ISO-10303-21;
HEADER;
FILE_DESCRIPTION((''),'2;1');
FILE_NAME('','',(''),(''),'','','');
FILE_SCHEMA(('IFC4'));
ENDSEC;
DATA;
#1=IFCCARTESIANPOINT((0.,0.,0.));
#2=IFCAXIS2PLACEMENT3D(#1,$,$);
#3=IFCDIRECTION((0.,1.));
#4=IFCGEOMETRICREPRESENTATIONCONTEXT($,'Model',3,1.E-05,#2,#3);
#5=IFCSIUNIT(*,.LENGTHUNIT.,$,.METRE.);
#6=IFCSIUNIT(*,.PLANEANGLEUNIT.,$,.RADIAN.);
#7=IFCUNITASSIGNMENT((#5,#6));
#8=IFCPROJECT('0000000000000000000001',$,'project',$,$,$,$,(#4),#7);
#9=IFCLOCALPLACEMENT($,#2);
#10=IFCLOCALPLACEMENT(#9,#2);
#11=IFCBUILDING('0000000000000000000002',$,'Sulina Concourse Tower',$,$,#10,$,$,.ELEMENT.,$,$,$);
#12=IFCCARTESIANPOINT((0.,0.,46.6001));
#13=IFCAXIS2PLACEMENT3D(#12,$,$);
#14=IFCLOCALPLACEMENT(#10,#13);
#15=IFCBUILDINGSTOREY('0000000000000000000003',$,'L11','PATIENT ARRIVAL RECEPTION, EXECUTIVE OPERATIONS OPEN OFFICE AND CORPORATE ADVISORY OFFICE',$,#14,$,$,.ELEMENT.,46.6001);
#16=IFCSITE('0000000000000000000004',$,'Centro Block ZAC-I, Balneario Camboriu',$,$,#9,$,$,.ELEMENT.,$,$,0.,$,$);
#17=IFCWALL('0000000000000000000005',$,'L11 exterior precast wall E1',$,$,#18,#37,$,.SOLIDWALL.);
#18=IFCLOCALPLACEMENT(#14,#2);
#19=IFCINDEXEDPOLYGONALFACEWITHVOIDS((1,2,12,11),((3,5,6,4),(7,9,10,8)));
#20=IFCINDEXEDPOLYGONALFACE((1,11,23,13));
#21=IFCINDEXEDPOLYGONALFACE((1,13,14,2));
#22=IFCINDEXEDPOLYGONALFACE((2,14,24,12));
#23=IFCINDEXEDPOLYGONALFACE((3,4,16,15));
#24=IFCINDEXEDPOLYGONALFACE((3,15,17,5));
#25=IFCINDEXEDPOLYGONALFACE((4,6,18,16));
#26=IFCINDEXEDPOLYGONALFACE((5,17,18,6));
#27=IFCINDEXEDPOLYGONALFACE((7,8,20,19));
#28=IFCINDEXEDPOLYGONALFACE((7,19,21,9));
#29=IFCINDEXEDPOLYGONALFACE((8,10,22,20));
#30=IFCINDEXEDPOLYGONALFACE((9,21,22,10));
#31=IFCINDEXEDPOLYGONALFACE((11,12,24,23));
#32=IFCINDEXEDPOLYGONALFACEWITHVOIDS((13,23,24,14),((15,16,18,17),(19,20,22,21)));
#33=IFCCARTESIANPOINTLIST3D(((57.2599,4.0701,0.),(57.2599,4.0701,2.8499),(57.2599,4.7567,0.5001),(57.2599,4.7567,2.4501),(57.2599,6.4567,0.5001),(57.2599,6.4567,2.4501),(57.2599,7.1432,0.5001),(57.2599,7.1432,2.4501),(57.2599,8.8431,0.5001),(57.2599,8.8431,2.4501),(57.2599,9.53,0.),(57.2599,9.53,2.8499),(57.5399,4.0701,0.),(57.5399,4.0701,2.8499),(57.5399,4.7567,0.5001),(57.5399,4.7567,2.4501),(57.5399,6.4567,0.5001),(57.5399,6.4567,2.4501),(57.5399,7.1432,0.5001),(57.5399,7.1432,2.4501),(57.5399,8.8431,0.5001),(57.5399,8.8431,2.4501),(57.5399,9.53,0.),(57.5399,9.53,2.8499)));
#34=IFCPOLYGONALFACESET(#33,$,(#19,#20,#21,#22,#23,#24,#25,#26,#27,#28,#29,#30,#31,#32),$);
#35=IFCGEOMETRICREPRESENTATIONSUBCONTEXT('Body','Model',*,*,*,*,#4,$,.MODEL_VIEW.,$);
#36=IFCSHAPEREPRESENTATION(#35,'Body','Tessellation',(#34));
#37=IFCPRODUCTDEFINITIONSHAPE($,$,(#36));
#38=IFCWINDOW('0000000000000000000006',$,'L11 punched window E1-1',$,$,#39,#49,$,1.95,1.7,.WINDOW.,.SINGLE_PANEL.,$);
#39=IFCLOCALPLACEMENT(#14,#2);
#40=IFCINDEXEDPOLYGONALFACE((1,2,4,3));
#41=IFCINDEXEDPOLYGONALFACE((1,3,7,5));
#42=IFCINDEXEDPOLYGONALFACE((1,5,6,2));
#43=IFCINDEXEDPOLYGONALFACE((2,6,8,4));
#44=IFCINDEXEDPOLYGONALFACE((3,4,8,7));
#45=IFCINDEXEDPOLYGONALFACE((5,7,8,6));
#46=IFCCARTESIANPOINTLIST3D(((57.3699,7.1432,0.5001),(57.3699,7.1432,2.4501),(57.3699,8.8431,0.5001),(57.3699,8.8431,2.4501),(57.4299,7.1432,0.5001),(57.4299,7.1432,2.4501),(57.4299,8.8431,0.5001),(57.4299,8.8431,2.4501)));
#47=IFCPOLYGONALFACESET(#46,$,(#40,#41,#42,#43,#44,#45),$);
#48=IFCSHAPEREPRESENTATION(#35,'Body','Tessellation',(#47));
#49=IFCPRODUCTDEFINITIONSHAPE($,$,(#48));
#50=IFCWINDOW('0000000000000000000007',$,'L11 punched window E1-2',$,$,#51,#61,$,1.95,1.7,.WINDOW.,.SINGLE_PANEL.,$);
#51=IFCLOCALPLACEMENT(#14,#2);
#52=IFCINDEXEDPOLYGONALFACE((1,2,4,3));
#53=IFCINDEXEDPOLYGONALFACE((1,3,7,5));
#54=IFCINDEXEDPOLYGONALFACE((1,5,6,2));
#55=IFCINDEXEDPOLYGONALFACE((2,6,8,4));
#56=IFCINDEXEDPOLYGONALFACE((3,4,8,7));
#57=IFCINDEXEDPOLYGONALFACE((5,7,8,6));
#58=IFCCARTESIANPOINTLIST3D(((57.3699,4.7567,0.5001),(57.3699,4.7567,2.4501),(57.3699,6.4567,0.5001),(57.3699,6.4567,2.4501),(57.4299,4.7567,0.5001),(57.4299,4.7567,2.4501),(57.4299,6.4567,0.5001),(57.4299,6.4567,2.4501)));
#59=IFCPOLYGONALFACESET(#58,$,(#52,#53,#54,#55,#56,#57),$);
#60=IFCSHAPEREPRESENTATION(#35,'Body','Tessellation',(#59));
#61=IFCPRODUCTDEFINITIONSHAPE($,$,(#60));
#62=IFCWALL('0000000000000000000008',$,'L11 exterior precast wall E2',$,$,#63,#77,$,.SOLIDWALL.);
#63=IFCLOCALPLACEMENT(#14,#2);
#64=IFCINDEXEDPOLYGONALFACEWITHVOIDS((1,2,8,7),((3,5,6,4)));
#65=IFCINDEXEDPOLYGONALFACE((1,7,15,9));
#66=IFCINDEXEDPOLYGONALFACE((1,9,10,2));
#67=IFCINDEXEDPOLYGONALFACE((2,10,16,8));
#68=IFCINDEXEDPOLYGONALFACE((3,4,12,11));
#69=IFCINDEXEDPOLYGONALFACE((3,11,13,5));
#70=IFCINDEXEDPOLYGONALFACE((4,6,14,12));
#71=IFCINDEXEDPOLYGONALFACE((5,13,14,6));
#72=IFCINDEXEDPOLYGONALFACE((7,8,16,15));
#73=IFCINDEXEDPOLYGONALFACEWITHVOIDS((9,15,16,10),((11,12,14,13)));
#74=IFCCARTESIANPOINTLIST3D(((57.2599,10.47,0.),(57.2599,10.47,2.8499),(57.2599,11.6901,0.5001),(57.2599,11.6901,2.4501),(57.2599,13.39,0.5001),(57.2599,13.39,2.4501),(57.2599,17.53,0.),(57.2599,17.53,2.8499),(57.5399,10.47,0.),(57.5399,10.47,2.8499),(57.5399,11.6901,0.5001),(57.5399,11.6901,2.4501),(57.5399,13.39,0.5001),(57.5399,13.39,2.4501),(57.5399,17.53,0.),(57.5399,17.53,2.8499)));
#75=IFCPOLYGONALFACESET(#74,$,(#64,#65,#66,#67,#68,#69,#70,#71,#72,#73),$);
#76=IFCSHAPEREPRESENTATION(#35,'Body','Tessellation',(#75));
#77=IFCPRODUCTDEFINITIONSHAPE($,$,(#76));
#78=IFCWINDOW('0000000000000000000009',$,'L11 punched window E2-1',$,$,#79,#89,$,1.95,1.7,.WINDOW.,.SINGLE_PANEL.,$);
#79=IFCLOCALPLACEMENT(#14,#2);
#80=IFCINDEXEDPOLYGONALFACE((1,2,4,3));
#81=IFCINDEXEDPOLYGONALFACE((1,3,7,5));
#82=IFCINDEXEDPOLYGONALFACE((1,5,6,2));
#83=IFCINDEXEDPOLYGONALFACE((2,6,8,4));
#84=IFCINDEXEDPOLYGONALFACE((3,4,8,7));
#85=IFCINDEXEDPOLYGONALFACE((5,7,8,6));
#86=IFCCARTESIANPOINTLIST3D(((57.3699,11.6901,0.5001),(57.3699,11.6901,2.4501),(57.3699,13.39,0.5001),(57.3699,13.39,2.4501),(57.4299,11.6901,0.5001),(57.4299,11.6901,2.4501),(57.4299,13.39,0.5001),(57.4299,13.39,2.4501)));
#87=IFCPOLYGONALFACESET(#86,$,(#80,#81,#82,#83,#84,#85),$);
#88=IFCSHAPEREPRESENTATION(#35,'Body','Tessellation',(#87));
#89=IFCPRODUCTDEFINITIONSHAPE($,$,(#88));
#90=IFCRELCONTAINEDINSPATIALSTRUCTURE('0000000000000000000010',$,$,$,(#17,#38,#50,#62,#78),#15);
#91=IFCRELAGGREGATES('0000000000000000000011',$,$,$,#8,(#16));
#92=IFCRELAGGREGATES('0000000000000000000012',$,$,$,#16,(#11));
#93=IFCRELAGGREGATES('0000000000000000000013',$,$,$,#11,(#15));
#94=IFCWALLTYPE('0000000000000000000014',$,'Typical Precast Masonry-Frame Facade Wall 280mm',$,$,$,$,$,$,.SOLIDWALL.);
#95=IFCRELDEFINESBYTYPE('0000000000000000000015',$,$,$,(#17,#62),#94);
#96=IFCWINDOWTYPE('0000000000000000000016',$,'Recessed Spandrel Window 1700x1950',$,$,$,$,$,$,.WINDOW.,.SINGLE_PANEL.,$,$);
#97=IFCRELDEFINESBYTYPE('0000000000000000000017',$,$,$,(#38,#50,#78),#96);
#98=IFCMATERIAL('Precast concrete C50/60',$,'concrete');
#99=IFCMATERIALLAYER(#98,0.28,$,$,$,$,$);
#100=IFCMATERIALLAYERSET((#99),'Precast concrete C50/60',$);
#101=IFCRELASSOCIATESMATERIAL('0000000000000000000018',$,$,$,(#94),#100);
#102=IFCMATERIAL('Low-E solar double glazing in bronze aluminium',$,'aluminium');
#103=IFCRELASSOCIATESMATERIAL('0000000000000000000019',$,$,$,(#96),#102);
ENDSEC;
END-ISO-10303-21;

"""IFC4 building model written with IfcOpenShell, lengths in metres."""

from ifc_helpers import new_model, si_unit, direction, frame, frame_2d, origin, place, context, subcontext, project, spatial, rectangle, extrude, material, layer, layer_set, type_object, element, fill, save


model = new_model("IFC4")

# Units and contexts
model_context = context("Model", 3, precision=1e-05, world=origin(), true_north=direction((0.0, 1.0)))
body_context = subcontext(model_context, "Body", "Model", "MODEL_VIEW")
ifc_project = project(units=[si_unit("LENGTHUNIT", "METRE"), si_unit("PLANEANGLEUNIT", "RADIAN")], contexts=[model_context])

# Site, building, storey
site_placement = place(None, origin())
site = spatial("IfcSite", under=ifc_project, at=site_placement, Name="Centro Block ZAC-I, Balneario Camboriu", CompositionType="ELEMENT", RefElevation=0.0)
building_placement = place(site_placement, origin())
building = spatial("IfcBuilding", under=site, at=building_placement, Name="Sulina Concourse Tower", CompositionType="ELEMENT")
storey_placement = place(building_placement, frame((0.0, 0.0, 46.6001)))
storey = spatial("IfcBuildingStorey", under=building, at=storey_placement, Name="L11", Description="PATIENT ARRIVAL RECEPTION, EXECUTIVE OPERATIONS OPEN OFFICE AND CORPORATE ADVISORY OFFICE", CompositionType="ELEMENT", Elevation=46.6001)

# Wall, openings, windows
ifc_material_1 = material(Name="Precast concrete C50/60", Category="concrete")
ifc_layer_1 = layer(ifc_material_1, 0.28)
ifc_layer_set_1 = layer_set([ifc_layer_1], Name="Precast concrete C50/60")
wall_type_1 = type_object("IfcWallType", Name="Typical Precast Masonry-Frame Facade Wall 280mm", PredefinedType="SOLIDWALL", material=ifc_layer_set_1)
wall_1_placement = place(storey_placement, frame((57.3999, 9.53, 0.0), z_axis=(0.0, 0.0, 1.0), x_axis=(0.0, -1.0, 0.0)))
wall_1 = element("IfcWall", 1, at=wall_1_placement, inside=storey, type_object=wall_type_1, Name="L11 exterior precast wall E1", PredefinedType="SOLIDWALL", context=body_context, shape_type="SweptSolid", body=[
    extrude(rectangle(XDim=5.46, YDim=0.28, at=frame_2d((2.73, 0.0))), origin(), (0.0, 0.0, 1.0), 2.8499),
])
opening_1_placement = place(wall_1_placement, frame((0.6868, 0.0, 0.5)))
opening_1 = element("IfcOpeningElement", 2, at=opening_1_placement, cuts=wall_1, PredefinedType="OPENING", context=body_context, shape_type="SweptSolid", body=[
    extrude(rectangle(XDim=1.7, YDim=1.95, at=frame_2d((0.8501, 0.9751))), frame((0.0, 0.1499, 0.0), z_axis=(0.0, -1.0, 0.0), x_axis=(1.0, 0.0, 0.0)), (0.0, 0.0, 1.0), 0.3),
])
opening_2_placement = place(wall_1_placement, frame((3.0732, 0.0, 0.5)))
opening_2 = element("IfcOpeningElement", 3, at=opening_2_placement, cuts=wall_1, PredefinedType="OPENING", context=body_context, shape_type="SweptSolid", body=[
    extrude(rectangle(XDim=1.7, YDim=1.95, at=frame_2d((0.8501, 0.9751))), frame((0.0, 0.1499, 0.0), z_axis=(0.0, -1.0, 0.0), x_axis=(1.0, 0.0, 0.0)), (0.0, 0.0, 1.0), 0.3),
])
ifc_material_2 = material(Name="Low-E solar double glazing in bronze aluminium", Category="aluminium")
window_type = type_object("IfcWindowType", Name="Recessed Spandrel Window 1700x1950", PartitioningType="SINGLE_PANEL", PredefinedType="WINDOW", material=ifc_material_2)
window_1_placement = place(opening_1_placement, origin())
window_1 = element("IfcWindow", 4, at=window_1_placement, inside=storey, type_object=window_type, Name="L11 punched window E1-1", OverallHeight=1.95, OverallWidth=1.7, PartitioningType="SINGLE_PANEL", PredefinedType="WINDOW", context=body_context, shape_type="SweptSolid", body=[
    extrude(rectangle(XDim=1.7, YDim=1.95, at=frame_2d((0.8501, 0.9751))), frame((0.0, 0.03, 0.0), z_axis=(0.0, -1.0, 0.0), x_axis=(1.0, 0.0, 0.0)), (0.0, 0.0, 1.0), 0.0601),
])
fill(opening_1, window_1)
window_2_placement = place(opening_2_placement, origin())
window_2 = element("IfcWindow", 5, at=window_2_placement, inside=storey, type_object=window_type, Name="L11 punched window E1-2", OverallHeight=1.95, OverallWidth=1.7, PartitioningType="SINGLE_PANEL", PredefinedType="WINDOW", context=body_context, shape_type="SweptSolid", body=[
    extrude(rectangle(XDim=1.7, YDim=1.95, at=frame_2d((0.8501, 0.9751))), frame((0.0, 0.03, 0.0), z_axis=(0.0, -1.0, 0.0), x_axis=(1.0, 0.0, 0.0)), (0.0, 0.0, 1.0), 0.0601),
])
fill(opening_2, window_2)

# Wall, opening, window
wall_2_placement = place(storey_placement, frame((57.3999, 17.53, 0.0), z_axis=(0.0, 0.0, 1.0), x_axis=(0.0, -1.0, 0.0)))
wall_2 = element("IfcWall", 6, at=wall_2_placement, inside=storey, type_object=wall_type_1, Name="L11 exterior precast wall E2", PredefinedType="SOLIDWALL", context=body_context, shape_type="SweptSolid", body=[
    extrude(rectangle(XDim=7.0601, YDim=0.28, at=frame_2d((3.53, 0.0))), origin(), (0.0, 0.0, 1.0), 2.8499),
])
opening_3_placement = place(wall_2_placement, frame((4.1399, 0.0, 0.5)))
opening_3 = element("IfcOpeningElement", 7, at=opening_3_placement, cuts=wall_2, PredefinedType="OPENING", context=body_context, shape_type="SweptSolid", body=[
    extrude(rectangle(XDim=1.7, YDim=1.95, at=frame_2d((0.8501, 0.9751))), frame((0.0, 0.1499, 0.0), z_axis=(0.0, -1.0, 0.0), x_axis=(1.0, 0.0, 0.0)), (0.0, 0.0, 1.0), 0.3),
])
window_3_placement = place(opening_3_placement, origin())
window_3 = element("IfcWindow", 8, at=window_3_placement, inside=storey, type_object=window_type, Name="L11 punched window E2-1", OverallHeight=1.95, OverallWidth=1.7, PartitioningType="SINGLE_PANEL", PredefinedType="WINDOW", context=body_context, shape_type="SweptSolid", body=[
    extrude(rectangle(XDim=1.7, YDim=1.95, at=frame_2d((0.8501, 0.9751))), frame((0.0, 0.03, 0.0), z_axis=(0.0, -1.0, 0.0), x_axis=(1.0, 0.0, 0.0)), (0.0, 0.0, 1.0), 0.0601),
])
fill(opening_3, window_3)

save(model, "model.ifc")
